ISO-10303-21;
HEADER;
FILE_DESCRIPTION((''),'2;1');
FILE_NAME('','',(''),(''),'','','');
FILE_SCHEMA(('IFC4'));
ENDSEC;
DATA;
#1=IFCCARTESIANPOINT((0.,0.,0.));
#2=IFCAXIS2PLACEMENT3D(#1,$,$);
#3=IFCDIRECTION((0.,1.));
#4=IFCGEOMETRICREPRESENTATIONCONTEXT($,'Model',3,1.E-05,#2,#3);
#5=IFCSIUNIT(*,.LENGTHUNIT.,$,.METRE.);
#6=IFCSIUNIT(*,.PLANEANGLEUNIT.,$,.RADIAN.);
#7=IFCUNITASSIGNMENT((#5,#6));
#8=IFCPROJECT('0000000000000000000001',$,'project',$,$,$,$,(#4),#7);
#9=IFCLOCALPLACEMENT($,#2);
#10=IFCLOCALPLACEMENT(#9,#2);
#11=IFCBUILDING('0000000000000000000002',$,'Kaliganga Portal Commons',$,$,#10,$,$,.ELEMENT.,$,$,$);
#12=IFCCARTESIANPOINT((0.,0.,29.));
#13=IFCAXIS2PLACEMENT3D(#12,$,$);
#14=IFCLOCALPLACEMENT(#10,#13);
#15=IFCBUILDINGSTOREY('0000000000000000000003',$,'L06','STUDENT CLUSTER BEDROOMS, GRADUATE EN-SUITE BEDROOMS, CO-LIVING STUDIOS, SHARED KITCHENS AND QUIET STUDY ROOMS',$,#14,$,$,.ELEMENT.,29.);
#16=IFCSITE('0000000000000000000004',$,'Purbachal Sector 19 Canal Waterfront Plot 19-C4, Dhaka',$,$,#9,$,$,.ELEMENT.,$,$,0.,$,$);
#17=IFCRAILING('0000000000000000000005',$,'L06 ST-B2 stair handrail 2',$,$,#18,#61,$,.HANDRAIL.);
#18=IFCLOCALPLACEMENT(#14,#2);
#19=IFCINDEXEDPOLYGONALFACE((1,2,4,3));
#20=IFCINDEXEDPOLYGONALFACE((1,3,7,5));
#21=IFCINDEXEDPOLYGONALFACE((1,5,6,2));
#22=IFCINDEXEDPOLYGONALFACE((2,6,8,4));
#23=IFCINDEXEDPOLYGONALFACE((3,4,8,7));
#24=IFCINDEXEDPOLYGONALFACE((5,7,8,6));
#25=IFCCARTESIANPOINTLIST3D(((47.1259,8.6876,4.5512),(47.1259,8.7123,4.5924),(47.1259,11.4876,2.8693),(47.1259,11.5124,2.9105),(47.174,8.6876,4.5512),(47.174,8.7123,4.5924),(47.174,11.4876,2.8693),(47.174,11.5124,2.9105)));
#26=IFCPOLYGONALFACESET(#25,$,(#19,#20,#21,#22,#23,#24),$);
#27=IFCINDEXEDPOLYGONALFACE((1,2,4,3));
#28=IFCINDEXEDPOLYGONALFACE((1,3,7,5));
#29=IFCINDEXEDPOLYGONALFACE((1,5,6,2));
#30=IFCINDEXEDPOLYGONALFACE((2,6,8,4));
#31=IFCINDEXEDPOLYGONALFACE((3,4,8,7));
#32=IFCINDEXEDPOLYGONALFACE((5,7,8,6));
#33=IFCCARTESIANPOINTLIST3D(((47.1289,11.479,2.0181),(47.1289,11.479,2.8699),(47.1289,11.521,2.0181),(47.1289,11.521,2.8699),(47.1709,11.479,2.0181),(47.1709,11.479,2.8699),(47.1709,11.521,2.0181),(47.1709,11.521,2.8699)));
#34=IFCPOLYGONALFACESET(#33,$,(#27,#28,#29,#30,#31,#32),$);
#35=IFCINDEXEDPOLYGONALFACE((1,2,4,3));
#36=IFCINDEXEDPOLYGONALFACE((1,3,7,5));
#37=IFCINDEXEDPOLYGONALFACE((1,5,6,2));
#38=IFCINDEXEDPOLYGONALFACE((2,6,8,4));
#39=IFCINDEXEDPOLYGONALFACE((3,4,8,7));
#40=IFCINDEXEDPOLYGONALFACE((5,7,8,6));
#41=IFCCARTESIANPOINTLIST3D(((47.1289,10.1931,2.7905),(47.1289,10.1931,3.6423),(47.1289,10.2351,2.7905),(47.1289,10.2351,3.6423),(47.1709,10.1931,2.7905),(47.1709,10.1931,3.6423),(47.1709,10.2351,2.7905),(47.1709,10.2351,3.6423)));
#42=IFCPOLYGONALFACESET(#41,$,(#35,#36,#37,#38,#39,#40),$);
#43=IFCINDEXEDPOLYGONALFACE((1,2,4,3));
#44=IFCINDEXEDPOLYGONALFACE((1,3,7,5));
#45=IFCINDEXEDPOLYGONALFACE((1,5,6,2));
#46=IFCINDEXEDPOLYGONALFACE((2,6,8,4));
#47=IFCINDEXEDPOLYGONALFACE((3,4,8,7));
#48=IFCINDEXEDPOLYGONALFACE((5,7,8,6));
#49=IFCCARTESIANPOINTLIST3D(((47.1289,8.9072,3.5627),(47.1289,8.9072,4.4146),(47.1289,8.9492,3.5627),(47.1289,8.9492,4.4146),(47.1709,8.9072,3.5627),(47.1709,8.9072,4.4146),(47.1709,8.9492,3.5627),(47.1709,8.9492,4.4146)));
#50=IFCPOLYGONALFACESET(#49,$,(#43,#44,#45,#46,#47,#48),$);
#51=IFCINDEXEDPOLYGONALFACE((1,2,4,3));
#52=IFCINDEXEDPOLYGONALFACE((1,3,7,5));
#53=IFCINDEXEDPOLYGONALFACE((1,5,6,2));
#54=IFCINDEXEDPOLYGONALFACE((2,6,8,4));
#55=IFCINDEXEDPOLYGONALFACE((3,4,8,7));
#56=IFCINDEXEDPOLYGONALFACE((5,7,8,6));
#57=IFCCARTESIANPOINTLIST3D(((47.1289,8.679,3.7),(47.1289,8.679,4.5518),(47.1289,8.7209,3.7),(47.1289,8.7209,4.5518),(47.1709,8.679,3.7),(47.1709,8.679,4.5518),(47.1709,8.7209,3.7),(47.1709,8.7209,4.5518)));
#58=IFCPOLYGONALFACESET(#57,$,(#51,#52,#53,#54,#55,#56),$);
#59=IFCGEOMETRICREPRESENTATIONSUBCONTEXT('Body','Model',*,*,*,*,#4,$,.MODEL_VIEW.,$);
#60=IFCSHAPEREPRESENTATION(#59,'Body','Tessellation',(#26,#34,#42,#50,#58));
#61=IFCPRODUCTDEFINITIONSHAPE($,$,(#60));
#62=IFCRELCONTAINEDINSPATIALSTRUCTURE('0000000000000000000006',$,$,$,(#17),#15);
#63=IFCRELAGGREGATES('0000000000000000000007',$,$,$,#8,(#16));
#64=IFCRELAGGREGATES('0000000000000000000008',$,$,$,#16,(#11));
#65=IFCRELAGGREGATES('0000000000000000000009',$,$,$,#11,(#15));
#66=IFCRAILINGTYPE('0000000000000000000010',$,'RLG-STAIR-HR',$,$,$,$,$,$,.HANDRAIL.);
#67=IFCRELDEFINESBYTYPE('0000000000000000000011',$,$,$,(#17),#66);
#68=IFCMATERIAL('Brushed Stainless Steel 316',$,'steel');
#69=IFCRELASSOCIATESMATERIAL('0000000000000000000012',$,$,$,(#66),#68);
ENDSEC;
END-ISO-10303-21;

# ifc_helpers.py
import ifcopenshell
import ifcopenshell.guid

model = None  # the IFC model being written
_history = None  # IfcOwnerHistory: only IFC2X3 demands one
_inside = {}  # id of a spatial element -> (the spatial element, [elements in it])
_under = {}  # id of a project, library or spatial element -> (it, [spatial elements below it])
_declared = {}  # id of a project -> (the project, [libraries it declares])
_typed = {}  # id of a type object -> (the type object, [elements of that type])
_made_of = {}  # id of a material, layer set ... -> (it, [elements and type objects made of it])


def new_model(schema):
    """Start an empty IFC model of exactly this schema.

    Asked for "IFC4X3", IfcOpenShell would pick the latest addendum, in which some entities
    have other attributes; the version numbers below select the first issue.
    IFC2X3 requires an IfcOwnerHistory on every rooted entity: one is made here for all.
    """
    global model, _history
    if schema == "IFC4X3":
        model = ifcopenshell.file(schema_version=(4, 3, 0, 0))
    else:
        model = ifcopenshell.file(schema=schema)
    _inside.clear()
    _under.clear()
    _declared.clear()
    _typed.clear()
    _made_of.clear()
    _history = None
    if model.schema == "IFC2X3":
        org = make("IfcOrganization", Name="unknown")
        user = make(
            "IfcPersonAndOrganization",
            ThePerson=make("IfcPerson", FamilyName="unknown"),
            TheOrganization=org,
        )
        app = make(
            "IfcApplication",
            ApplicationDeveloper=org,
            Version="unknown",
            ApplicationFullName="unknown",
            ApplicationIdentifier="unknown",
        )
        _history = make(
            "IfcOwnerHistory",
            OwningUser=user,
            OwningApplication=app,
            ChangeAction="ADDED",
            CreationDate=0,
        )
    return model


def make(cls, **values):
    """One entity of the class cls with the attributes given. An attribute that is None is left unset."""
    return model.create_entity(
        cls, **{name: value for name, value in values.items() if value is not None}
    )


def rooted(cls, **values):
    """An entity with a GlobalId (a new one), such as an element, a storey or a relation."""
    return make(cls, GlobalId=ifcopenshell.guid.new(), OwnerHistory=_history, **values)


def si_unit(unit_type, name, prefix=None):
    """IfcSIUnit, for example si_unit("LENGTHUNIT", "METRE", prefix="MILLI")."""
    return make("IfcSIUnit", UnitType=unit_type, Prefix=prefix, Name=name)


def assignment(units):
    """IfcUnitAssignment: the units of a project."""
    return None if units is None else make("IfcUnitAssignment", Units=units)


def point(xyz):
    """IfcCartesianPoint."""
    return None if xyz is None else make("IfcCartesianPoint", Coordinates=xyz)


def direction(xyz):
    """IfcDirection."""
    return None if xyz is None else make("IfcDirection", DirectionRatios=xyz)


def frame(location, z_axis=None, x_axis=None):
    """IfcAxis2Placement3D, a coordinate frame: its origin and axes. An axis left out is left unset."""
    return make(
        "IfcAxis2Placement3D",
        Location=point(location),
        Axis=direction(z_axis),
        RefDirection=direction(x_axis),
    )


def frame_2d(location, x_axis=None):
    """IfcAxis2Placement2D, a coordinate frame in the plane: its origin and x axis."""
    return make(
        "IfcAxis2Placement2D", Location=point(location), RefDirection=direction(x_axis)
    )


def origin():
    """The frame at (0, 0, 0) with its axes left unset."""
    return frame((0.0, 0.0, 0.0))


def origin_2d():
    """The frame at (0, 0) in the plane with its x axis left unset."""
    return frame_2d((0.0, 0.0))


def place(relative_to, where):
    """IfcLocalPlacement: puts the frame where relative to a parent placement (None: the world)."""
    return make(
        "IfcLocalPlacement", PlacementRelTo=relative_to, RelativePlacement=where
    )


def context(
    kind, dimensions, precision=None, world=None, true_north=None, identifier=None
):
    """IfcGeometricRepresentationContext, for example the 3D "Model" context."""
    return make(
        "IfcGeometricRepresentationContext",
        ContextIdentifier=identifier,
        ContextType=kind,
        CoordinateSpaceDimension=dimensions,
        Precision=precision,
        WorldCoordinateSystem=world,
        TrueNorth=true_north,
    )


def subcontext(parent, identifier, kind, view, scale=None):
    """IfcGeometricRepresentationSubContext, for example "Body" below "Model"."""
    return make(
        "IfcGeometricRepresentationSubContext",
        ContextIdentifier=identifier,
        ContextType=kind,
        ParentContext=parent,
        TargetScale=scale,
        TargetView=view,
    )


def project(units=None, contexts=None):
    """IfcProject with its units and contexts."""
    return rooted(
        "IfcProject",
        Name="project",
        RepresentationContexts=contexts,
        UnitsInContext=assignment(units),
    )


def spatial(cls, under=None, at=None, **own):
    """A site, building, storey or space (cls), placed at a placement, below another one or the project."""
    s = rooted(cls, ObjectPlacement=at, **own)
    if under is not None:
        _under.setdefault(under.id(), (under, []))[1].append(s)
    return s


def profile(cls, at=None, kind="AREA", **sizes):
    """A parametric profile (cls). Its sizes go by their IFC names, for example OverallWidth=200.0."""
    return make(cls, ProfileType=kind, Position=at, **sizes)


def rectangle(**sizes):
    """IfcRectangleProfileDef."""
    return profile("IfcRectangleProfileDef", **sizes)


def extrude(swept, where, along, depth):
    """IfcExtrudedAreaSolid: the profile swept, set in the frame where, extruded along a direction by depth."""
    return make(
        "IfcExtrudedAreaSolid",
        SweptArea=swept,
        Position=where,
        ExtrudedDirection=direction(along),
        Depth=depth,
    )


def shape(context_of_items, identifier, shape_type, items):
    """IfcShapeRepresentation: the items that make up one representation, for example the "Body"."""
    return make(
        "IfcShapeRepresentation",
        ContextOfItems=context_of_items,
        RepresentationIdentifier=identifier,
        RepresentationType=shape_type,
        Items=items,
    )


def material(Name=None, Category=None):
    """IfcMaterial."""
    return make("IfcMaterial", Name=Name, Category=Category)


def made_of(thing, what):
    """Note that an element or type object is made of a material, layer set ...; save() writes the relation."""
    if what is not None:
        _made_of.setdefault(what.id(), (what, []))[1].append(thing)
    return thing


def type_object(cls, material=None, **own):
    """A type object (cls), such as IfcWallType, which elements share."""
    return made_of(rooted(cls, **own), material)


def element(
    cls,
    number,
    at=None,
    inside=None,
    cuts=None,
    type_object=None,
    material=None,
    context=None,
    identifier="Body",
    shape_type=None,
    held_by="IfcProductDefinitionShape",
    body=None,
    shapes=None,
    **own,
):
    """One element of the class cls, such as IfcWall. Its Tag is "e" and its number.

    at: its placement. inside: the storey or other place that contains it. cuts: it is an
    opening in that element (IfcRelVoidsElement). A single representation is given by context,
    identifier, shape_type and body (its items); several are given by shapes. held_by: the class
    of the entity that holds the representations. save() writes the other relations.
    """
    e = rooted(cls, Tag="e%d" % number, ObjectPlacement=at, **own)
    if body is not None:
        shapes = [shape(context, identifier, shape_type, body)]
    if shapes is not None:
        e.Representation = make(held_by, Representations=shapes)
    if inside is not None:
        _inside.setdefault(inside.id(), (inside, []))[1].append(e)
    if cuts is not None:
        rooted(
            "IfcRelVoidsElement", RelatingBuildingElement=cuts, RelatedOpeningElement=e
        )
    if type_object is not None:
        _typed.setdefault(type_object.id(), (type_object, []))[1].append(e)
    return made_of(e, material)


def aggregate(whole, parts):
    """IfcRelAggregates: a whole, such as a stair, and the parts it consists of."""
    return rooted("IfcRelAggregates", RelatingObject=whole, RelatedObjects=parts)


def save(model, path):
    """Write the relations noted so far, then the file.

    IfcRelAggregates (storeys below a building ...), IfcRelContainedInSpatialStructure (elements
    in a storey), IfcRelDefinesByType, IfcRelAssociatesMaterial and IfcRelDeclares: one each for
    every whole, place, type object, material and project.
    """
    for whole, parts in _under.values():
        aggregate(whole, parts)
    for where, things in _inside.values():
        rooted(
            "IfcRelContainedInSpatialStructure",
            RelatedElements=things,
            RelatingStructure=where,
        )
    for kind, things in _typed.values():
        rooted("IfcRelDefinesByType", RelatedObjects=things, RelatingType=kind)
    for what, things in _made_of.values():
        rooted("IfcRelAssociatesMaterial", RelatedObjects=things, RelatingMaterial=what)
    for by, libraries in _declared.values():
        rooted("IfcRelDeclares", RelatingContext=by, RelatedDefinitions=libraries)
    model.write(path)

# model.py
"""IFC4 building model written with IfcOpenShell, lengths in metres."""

from ifc_helpers import new_model, si_unit, direction, frame, origin, origin_2d, place, context, subcontext, project, spatial, rectangle, extrude, material, type_object, element, save


model = new_model("IFC4")

# Units and contexts
model_context = context("Model", 3, precision=1e-05, world=origin(), true_north=direction((0.0, 1.0)))
body_context = subcontext(model_context, "Body", "Model", "MODEL_VIEW")
ifc_project = project(units=[si_unit("LENGTHUNIT", "METRE"), si_unit("PLANEANGLEUNIT", "RADIAN")], contexts=[model_context])

# Site, building, storey
site_placement = place(None, origin())
site = spatial("IfcSite", under=ifc_project, at=site_placement, Name="Purbachal Sector 19 Canal Waterfront Plot 19-C4, Dhaka", CompositionType="ELEMENT", RefElevation=0.0)
building_placement = place(site_placement, origin())
building = spatial("IfcBuilding", under=site, at=building_placement, Name="Kaliganga Portal Commons", CompositionType="ELEMENT")
storey_placement = place(building_placement, frame((0.0, 0.0, 29.0)))
storey = spatial("IfcBuildingStorey", under=building, at=storey_placement, Name="L06", Description="STUDENT CLUSTER BEDROOMS, GRADUATE EN-SUITE BEDROOMS, CO-LIVING STUDIOS, SHARED KITCHENS AND QUIET STUDY ROOMS", CompositionType="ELEMENT", Elevation=29.0)

# Railing
ifc_material_1 = material(Name="Brushed Stainless Steel 316", Category="steel")
railing_type_1 = type_object("IfcRailingType", Name="RLG-STAIR-HR", PredefinedType="HANDRAIL", material=ifc_material_1)
railing_1_placement = place(storey_placement, frame((47.1499, 11.5, 2.0181)))
element("IfcRailing", 1, at=railing_1_placement, inside=storey, type_object=railing_type_1, Name="L06 ST-B2 stair handrail 2", PredefinedType="HANDRAIL", context=body_context, shape_type="SweptSolid", body=[
    extrude(rectangle(XDim=0.0481, YDim=0.0481, at=origin_2d()), frame((0.0, 0.0, 0.8718), z_axis=(0.0, -0.857242, 0.514913), x_axis=(1.0, 0.0, 0.0)), (0.0, 0.0, 1.0), 3.2664),
    extrude(rectangle(XDim=0.042, YDim=0.042, at=origin_2d()), origin(), (0.0, 0.0, 1.0), 0.8518),
    extrude(rectangle(XDim=0.042, YDim=0.042, at=origin_2d()), frame((0.0, -1.2859, 0.7725)), (0.0, 0.0, 1.0), 0.8518),
    extrude(rectangle(XDim=0.042, YDim=0.042, at=origin_2d()), frame((0.0, -2.5718, 1.5447)), (0.0, 0.0, 1.0), 0.8518),
    extrude(rectangle(XDim=0.042, YDim=0.042, at=origin_2d()), frame((0.0, -2.8, 1.6819)), (0.0, 0.0, 1.0), 0.8518),
])

save(model, "model.ifc")
